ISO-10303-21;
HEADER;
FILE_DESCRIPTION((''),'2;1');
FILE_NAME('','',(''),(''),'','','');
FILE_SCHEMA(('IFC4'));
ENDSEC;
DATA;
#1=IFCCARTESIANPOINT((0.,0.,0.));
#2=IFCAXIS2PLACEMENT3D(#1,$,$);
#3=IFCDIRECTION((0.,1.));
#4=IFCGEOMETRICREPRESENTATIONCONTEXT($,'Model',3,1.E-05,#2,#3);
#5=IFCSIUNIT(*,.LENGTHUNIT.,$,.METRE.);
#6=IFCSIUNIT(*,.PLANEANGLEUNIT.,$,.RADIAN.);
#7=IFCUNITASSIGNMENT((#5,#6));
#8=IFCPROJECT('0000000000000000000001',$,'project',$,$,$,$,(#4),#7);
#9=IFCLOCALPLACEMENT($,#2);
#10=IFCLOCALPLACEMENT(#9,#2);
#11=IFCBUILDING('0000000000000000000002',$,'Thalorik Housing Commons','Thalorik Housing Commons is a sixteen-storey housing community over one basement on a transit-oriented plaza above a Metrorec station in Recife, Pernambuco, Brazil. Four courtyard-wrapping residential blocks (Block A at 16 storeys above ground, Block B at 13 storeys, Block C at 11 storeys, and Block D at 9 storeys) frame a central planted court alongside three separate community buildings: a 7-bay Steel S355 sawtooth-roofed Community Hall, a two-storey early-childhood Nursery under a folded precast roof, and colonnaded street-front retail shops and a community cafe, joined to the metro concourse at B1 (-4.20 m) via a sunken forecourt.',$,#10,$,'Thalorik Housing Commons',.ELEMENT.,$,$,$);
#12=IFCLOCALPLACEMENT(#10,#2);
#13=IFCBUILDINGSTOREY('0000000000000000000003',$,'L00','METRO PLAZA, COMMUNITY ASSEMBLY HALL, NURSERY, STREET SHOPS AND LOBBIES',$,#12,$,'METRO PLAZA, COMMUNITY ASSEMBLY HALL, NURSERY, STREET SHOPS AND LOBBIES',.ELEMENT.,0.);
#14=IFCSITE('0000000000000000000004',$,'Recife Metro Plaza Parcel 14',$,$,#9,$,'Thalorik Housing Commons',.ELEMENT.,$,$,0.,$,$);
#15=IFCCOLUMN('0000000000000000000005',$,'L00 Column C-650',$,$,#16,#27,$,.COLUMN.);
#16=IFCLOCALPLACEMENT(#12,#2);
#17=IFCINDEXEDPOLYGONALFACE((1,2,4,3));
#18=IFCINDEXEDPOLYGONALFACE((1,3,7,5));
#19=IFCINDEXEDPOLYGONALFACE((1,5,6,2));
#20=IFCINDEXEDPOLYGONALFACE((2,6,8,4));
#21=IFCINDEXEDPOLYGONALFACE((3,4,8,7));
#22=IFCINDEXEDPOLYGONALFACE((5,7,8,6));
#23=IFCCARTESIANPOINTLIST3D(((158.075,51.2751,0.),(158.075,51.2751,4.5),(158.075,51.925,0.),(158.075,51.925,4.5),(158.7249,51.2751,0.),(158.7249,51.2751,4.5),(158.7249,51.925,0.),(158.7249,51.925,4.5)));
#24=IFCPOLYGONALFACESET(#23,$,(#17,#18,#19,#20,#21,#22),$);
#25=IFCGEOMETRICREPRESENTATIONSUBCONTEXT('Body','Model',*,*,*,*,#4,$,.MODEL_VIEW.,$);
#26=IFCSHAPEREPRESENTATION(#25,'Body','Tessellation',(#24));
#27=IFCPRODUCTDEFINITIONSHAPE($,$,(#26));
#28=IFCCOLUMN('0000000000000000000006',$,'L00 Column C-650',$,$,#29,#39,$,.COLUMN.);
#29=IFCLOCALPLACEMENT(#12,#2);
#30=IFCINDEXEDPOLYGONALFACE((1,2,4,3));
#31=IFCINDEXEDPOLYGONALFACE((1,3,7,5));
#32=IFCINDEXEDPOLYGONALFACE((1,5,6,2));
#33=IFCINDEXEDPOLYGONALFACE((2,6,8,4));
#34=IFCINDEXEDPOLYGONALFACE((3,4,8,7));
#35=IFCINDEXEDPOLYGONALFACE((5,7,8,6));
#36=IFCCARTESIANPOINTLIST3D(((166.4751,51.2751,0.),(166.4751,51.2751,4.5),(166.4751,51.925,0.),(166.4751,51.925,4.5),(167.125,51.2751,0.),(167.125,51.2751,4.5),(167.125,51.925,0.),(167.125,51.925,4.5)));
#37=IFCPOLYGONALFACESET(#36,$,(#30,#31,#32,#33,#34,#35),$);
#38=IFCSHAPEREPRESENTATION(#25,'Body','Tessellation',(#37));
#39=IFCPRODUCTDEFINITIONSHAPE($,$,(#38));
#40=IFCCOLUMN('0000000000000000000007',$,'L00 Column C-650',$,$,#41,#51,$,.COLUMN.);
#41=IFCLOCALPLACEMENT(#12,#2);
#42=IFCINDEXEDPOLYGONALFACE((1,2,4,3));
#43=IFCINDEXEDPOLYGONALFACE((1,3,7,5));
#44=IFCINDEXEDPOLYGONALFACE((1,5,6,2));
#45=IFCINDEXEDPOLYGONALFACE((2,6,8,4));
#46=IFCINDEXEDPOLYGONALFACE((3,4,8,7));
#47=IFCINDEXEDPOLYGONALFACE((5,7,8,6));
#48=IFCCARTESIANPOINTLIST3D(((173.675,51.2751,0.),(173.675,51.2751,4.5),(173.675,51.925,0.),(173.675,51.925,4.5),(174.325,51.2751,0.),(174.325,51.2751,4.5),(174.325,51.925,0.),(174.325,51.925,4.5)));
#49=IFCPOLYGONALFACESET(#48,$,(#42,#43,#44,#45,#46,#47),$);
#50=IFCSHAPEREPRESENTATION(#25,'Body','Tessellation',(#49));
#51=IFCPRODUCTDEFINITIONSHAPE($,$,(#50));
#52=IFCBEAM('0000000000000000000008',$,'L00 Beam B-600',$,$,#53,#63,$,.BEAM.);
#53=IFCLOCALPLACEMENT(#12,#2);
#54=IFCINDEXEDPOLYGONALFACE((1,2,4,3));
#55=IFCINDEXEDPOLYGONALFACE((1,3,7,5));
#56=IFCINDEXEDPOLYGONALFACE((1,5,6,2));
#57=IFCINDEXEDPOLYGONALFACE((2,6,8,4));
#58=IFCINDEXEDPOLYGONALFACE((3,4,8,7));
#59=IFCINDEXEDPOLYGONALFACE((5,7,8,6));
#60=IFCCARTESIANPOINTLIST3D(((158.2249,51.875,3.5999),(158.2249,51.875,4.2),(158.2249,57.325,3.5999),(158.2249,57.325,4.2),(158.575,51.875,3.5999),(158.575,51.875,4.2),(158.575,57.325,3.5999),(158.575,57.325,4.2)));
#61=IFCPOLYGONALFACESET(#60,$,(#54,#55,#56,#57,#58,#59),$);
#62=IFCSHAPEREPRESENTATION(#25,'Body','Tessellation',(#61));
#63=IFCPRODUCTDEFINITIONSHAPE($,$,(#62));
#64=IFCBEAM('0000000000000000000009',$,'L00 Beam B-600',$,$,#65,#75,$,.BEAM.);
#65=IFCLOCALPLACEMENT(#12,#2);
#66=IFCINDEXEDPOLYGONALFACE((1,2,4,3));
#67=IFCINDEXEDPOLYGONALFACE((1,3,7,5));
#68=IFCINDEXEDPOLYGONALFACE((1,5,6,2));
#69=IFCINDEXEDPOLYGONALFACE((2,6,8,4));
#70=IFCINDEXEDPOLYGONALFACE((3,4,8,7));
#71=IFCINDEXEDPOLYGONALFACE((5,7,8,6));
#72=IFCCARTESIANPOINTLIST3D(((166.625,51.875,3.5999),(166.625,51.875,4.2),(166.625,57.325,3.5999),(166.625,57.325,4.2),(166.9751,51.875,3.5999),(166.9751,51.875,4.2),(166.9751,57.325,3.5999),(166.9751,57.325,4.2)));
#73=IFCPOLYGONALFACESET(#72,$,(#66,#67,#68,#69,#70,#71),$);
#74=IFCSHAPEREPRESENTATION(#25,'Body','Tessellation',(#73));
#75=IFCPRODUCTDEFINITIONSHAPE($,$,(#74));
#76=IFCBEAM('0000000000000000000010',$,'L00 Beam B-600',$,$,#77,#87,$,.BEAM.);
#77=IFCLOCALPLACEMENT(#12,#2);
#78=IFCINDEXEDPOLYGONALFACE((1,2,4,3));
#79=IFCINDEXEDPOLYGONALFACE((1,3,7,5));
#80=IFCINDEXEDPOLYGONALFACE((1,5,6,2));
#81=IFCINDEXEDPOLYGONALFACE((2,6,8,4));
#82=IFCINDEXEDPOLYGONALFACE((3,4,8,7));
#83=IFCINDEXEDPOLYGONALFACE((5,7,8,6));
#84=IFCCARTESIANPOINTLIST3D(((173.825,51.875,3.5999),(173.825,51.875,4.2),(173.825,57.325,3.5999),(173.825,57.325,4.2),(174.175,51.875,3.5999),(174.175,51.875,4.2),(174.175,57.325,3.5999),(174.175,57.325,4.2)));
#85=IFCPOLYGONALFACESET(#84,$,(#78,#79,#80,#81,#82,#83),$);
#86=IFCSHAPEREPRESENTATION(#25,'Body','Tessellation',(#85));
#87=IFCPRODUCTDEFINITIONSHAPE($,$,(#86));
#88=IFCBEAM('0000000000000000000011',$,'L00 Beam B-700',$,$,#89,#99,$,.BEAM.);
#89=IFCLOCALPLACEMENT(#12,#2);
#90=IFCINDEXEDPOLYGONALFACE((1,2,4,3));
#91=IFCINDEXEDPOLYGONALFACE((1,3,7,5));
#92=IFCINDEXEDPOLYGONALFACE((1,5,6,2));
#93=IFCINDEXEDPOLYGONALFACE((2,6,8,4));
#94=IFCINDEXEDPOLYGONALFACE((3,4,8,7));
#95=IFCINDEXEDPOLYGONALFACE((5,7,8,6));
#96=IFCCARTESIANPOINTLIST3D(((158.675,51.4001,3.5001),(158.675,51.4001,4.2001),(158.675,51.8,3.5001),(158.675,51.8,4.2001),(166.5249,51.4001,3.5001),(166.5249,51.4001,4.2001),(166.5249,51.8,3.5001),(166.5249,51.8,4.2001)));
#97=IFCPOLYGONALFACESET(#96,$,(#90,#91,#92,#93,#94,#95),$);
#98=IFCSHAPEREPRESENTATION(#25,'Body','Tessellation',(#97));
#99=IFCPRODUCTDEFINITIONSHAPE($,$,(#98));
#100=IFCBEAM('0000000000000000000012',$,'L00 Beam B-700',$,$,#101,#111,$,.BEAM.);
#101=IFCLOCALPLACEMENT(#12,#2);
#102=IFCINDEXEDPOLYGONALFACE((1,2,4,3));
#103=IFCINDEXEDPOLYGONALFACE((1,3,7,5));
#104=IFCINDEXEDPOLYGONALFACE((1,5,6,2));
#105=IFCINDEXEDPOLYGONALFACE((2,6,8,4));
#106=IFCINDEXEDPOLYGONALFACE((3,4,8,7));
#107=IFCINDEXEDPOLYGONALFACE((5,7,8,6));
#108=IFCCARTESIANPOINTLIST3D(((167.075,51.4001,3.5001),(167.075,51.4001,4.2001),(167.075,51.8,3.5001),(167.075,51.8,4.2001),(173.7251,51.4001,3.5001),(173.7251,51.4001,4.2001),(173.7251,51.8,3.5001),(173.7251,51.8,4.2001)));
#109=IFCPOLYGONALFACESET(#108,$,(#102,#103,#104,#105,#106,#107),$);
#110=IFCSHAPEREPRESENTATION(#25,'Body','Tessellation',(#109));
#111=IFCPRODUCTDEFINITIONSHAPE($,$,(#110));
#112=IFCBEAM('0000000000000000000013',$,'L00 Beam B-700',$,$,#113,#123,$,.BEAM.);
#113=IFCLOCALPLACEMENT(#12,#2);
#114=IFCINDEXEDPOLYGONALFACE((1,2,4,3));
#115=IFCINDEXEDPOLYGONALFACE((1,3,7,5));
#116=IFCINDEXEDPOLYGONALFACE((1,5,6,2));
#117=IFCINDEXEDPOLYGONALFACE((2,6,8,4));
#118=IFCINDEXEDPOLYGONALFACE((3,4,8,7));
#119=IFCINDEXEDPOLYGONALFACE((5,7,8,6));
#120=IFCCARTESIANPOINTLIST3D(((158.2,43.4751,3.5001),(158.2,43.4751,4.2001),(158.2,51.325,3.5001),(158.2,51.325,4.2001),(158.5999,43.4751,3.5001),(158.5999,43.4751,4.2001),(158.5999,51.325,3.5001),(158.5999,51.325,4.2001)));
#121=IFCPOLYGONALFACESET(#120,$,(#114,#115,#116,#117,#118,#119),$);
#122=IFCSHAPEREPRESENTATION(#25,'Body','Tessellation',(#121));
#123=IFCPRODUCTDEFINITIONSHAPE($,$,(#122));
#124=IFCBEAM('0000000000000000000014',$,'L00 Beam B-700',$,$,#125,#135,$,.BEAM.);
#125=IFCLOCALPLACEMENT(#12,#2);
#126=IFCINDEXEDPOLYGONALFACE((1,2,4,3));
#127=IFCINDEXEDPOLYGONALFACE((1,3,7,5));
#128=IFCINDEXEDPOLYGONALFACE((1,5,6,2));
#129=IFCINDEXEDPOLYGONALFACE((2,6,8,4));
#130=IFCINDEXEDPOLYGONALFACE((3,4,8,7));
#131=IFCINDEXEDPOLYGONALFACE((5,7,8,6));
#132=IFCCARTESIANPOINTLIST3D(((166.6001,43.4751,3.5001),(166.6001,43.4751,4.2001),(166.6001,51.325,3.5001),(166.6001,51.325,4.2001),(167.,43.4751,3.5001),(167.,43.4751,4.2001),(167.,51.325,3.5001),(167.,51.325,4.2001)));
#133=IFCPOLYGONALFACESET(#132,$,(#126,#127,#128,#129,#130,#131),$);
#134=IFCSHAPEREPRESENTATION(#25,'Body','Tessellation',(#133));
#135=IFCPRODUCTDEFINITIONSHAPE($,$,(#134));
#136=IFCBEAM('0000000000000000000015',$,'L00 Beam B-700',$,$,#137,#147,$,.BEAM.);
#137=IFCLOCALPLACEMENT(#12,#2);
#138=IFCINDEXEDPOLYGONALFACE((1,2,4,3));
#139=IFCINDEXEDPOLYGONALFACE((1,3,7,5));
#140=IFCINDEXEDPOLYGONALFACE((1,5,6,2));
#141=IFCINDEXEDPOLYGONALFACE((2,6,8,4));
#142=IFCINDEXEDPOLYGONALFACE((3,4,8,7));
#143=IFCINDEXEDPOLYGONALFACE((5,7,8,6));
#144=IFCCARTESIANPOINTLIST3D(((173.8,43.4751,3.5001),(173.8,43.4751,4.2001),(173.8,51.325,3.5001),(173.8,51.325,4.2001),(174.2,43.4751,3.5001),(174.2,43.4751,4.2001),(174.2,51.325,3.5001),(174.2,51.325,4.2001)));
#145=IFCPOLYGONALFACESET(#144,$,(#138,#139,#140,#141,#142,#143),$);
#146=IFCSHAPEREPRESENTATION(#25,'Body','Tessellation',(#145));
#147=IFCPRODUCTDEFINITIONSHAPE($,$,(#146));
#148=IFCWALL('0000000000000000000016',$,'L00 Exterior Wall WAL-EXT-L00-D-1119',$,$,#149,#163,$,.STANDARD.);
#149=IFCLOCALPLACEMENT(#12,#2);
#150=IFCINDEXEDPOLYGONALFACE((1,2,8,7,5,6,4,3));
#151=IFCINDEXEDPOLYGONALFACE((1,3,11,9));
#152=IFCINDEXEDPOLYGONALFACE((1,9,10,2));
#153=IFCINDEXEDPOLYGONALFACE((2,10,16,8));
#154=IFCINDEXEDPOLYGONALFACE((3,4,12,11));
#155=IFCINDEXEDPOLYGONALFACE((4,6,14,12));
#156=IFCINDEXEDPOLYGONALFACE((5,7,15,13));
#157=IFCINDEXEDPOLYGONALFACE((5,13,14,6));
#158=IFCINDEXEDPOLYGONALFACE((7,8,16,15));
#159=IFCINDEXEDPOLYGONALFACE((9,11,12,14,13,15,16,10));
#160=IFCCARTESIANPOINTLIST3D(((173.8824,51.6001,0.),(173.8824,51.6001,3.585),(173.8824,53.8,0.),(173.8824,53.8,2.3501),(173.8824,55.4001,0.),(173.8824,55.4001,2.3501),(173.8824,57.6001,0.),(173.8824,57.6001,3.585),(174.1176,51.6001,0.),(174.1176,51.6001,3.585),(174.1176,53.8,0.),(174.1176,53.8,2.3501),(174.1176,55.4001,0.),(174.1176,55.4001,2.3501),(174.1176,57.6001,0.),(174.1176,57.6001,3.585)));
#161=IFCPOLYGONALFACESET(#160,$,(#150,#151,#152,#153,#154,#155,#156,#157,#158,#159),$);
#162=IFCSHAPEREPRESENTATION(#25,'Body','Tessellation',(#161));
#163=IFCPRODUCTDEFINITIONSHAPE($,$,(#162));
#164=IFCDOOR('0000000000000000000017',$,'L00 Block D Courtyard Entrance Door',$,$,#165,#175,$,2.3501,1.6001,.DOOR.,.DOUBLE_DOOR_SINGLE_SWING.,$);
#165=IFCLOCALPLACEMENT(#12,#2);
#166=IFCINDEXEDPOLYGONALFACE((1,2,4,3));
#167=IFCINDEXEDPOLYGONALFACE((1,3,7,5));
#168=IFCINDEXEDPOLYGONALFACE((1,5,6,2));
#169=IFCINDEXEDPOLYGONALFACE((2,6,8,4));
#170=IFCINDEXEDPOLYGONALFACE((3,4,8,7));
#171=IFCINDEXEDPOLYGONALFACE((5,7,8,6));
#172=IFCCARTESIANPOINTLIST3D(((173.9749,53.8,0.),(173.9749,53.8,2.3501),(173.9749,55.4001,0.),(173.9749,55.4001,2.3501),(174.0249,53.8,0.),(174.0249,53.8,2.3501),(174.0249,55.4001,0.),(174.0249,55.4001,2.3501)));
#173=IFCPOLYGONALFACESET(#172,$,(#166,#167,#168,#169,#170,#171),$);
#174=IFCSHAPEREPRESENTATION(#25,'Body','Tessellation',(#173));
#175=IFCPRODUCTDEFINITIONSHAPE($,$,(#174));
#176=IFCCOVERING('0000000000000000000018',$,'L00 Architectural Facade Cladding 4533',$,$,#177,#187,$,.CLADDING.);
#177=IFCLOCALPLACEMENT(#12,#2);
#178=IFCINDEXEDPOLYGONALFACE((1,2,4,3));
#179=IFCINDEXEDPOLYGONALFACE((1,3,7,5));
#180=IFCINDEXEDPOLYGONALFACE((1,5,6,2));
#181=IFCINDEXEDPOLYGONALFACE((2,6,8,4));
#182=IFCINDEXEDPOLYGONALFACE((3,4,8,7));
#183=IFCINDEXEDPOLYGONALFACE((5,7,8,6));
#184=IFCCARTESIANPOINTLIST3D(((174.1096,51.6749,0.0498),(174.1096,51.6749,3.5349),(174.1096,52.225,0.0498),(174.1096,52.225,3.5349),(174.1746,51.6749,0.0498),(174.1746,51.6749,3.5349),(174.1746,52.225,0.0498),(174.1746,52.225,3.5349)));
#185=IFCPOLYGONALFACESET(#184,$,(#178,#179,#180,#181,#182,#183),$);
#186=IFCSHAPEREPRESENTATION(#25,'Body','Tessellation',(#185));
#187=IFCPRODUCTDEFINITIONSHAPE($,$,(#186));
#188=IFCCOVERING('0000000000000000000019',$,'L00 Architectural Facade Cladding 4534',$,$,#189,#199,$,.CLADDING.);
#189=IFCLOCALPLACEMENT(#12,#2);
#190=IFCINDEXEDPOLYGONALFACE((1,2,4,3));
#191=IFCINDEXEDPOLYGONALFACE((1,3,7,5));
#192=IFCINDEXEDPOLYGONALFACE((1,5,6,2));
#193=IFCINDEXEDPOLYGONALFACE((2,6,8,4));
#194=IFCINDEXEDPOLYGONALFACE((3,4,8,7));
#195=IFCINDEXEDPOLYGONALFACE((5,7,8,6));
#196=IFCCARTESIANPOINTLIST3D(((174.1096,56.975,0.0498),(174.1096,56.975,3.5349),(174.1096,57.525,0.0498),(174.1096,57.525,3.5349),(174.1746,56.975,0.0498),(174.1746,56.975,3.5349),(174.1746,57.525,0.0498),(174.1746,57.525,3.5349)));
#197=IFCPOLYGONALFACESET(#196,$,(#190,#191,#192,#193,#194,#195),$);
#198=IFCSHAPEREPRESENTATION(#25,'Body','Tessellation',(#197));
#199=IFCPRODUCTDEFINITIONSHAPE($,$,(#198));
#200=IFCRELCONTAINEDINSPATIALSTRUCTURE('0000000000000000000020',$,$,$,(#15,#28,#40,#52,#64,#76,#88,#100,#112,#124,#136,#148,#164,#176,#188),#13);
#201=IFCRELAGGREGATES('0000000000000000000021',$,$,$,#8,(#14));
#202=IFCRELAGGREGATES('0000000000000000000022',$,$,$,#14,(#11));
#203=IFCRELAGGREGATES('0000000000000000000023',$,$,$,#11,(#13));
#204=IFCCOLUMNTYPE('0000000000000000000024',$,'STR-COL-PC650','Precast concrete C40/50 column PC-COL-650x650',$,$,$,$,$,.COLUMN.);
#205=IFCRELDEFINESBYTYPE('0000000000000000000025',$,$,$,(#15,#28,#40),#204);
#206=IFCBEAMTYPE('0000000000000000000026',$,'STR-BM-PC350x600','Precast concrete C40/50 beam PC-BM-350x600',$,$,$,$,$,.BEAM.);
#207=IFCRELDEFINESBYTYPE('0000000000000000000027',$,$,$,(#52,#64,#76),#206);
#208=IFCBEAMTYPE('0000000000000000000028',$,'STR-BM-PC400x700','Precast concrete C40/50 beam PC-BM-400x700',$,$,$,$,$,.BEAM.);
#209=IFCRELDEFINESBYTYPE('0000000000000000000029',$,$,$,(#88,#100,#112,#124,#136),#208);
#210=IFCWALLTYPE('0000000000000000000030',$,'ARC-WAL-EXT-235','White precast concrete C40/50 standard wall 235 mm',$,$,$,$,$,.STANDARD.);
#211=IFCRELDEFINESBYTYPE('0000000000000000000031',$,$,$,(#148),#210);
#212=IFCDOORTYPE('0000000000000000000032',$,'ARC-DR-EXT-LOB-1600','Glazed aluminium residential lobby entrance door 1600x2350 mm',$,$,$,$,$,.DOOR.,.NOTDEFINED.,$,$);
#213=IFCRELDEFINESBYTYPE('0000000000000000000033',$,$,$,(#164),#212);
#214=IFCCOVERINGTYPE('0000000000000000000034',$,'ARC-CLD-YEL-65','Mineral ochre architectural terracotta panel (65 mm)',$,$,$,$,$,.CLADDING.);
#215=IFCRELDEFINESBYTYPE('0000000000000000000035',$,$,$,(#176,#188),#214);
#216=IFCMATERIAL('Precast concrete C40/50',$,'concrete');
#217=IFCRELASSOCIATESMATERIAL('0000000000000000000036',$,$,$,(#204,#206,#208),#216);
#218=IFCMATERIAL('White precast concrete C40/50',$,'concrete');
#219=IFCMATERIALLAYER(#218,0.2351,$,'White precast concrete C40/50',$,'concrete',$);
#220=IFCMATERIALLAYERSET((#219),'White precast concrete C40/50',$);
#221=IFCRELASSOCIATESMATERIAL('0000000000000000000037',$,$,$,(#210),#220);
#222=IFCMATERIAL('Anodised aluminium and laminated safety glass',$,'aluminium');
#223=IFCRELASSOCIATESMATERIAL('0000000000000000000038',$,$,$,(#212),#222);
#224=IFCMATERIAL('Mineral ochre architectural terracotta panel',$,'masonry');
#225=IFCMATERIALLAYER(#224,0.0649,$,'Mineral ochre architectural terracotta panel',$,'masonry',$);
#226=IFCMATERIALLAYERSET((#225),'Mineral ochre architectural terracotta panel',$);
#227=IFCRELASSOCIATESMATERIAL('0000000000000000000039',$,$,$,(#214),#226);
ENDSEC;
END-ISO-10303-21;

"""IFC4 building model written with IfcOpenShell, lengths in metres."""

from ifc_helpers import new_model, si_unit, direction, frame, frame_2d, origin, origin_2d, place, context, subcontext, project, spatial, rectangle, extrude, material, layer, layer_set, material_profile, profile_set, type_object, element, fill, save


model = new_model("IFC4")

# Units and contexts
model_context = context("Model", 3, precision=1e-05, world=origin(), true_north=direction((0.0, 1.0)))
body_context = subcontext(model_context, "Body", "Model", "MODEL_VIEW")
ifc_project = project(units=[si_unit("LENGTHUNIT", "METRE"), si_unit("PLANEANGLEUNIT", "RADIAN")], contexts=[model_context])

# Site, building, storey
site_placement = place(None, origin())
site = spatial("IfcSite", under=ifc_project, at=site_placement, Name="Recife Metro Plaza Parcel 14", LongName="Thalorik Housing Commons", CompositionType="ELEMENT", RefElevation=0.0)
building_placement = place(site_placement, origin())
building = spatial("IfcBuilding", under=site, at=building_placement, Name="Thalorik Housing Commons", Description="Thalorik Housing Commons is a sixteen-storey housing community over one basement on a transit-oriented plaza above a Metrorec station in Recife, Pernambuco, Brazil. Four courtyard-wrapping residential blocks (Block A at 16 storeys above ground, Block B at 13 storeys, Block C at 11 storeys, and Block D at 9 storeys) frame a central planted court alongside three separate community buildings: a 7-bay Steel S355 sawtooth-roofed Community Hall, a two-storey early-childhood Nursery under a folded precast roof, and colonnaded street-front retail shops and a community cafe, joined to the metro concourse at B1 (-4.20 m) via a sunken forecourt.", LongName="Thalorik Housing Commons", CompositionType="ELEMENT")
storey_placement = place(building_placement, origin())
storey = spatial("IfcBuildingStorey", under=building, at=storey_placement, Name="L00", Description="METRO PLAZA, COMMUNITY ASSEMBLY HALL, NURSERY, STREET SHOPS AND LOBBIES", LongName="METRO PLAZA, COMMUNITY ASSEMBLY HALL, NURSERY, STREET SHOPS AND LOBBIES", CompositionType="ELEMENT", Elevation=0.0)

# Columns
ifc_material_1 = material(Name="Precast concrete C40/50", Category="concrete")
ifc_material_profile_1 = material_profile(ifc_material_1, rectangle(XDim=0.6499, YDim=0.6499, at=origin_2d()), Name="PC 650x650", Category="concrete")
ifc_profile_set_1 = profile_set([ifc_material_profile_1], Name="Precast concrete C40/50")
column_type = type_object("IfcColumnType", Name="STR-COL-PC650", Description="Precast concrete C40/50 column PC-COL-650x650", PredefinedType="COLUMN", material=ifc_profile_set_1)
for number, where, z_axis, x_axis, name in (
    (1, (158.3999, 51.6001, 0.0), (0.0, 0.0, 1.0), (1.0, 0.0, 0.0), "L00 Column C-650"),
    (2, (166.8, 51.6001, 0.0), (0.0, 0.0, 1.0), (1.0, 0.0, 0.0), "L00 Column C-650"),
    (3, (174.0, 51.6001, 0.0), (0.0, 0.0, 1.0), (1.0, 0.0, 0.0), "L00 Column C-650"),
):
    element("IfcColumn", number, at=place(storey_placement, frame(where, z_axis=z_axis, x_axis=x_axis)), inside=storey, type_object=column_type, Name=name, PredefinedType="COLUMN", context=body_context, shape_type="SweptSolid", body=[
        extrude(rectangle(XDim=0.6499, YDim=0.6499, at=origin_2d()), origin(), (0.0, 0.0, 1.0), 4.5),
    ])

# Beams
ifc_material_profile_2 = material_profile(ifc_material_1, rectangle(XDim=0.3501, YDim=0.6001, at=origin_2d()), Name="PC 350x600", Category="concrete")
ifc_profile_set_2 = profile_set([ifc_material_profile_2], Name="Precast concrete C40/50")
beam_type_1 = type_object("IfcBeamType", Name="STR-BM-PC350x600", Description="Precast concrete C40/50 beam PC-BM-350x600", PredefinedType="BEAM", material=ifc_profile_set_2)
for number, where, z_axis, x_axis, name in (
    (4, (158.3999, 51.875, 3.8999), (0.0, 1.0, 0.0), (-1.0, 0.0, 0.0), "L00 Beam B-600"),
    (5, (166.8, 51.875, 3.8999), (0.0, 1.0, 0.0), (-1.0, 0.0, 0.0), "L00 Beam B-600"),
    (6, (174.0, 51.875, 3.8999), (0.0, 1.0, 0.0), (-1.0, 0.0, 0.0), "L00 Beam B-600"),
):
    element("IfcBeam", number, at=place(storey_placement, frame(where, z_axis=z_axis, x_axis=x_axis)), inside=storey, type_object=beam_type_1, Name=name, PredefinedType="BEAM", context=body_context, shape_type="SweptSolid", body=[
        extrude(rectangle(XDim=0.3501, YDim=0.6001, at=origin_2d()), origin(), (0.0, 0.0, 1.0), 5.45),
    ])
ifc_material_profile_3 = material_profile(ifc_material_1, rectangle(XDim=0.3999, YDim=0.7, at=origin_2d()), Name="PC 400x700", Category="concrete")
ifc_profile_set_3 = profile_set([ifc_material_profile_3], Name="Precast concrete C40/50")
beam_type_2 = type_object("IfcBeamType", Name="STR-BM-PC400x700", Description="Precast concrete C40/50 beam PC-BM-400x700", PredefinedType="BEAM", material=ifc_profile_set_3)
beam_1_placement = place(storey_placement, frame((158.675, 51.6001, 3.8501), z_axis=(1.0, 0.0, 0.0), x_axis=(0.0, 1.0, 0.0)))
element("IfcBeam", 7, at=beam_1_placement, inside=storey, type_object=beam_type_2, Name="L00 Beam B-700", PredefinedType="BEAM", context=body_context, shape_type="SweptSolid", body=[
    extrude(rectangle(XDim=0.3999, YDim=0.7, at=origin_2d()), origin(), (0.0, 0.0, 1.0), 7.8499),
])
beam_2_placement = place(storey_placement, frame((167.075, 51.6001, 3.8501), z_axis=(1.0, 0.0, 0.0), x_axis=(0.0, 1.0, 0.0)))
element("IfcBeam", 8, at=beam_2_placement, inside=storey, type_object=beam_type_2, Name="L00 Beam B-700", PredefinedType="BEAM", context=body_context, shape_type="SweptSolid", body=[
    extrude(rectangle(XDim=0.3999, YDim=0.7, at=origin_2d()), origin(), (0.0, 0.0, 1.0), 6.6501),
])
for number, where, z_axis, x_axis, name in (
    (9, (158.3999, 43.4751, 3.8501), (0.0, 1.0, 0.0), (-1.0, 0.0, 0.0), "L00 Beam B-700"),
    (10, (166.8, 43.4751, 3.8501), (0.0, 1.0, 0.0), (-1.0, 0.0, 0.0), "L00 Beam B-700"),
    (11, (174.0, 43.4751, 3.8501), (0.0, 1.0, 0.0), (-1.0, 0.0, 0.0), "L00 Beam B-700"),
):
    element("IfcBeam", number, at=place(storey_placement, frame(where, z_axis=z_axis, x_axis=x_axis)), inside=storey, type_object=beam_type_2, Name=name, PredefinedType="BEAM", context=body_context, shape_type="SweptSolid", body=[
        extrude(rectangle(XDim=0.3999, YDim=0.7, at=origin_2d()), origin(), (0.0, 0.0, 1.0), 7.8499),
    ])

# Wall, opening, door
ifc_material_2 = material(Name="White precast concrete C40/50", Category="concrete")
ifc_layer_1 = layer(ifc_material_2, 0.2351, Name="White precast concrete C40/50", Category="concrete")
ifc_layer_set_1 = layer_set([ifc_layer_1], Name="White precast concrete C40/50")
wall_type = type_object("IfcWallType", Name="ARC-WAL-EXT-235", Description="White precast concrete C40/50 standard wall 235 mm", PredefinedType="STANDARD", material=ifc_layer_set_1)
wall_placement = place(storey_placement, frame((174.0, 51.6001, 0.0), z_axis=(0.0, 0.0, 1.0), x_axis=(0.0, 1.0, 0.0)))
wall = element("IfcWall", 12, at=wall_placement, inside=storey, type_object=wall_type, Name="L00 Exterior Wall WAL-EXT-L00-D-1119", PredefinedType="STANDARD", context=body_context, shape_type="SweptSolid", body=[
    extrude(rectangle(XDim=6.0, YDim=0.2351, at=frame_2d((3.0, 0.0))), origin(), (0.0, 0.0, 1.0), 3.585),
])
opening_placement = place(wall_placement, frame((2.2, 0.0, 0.0)))
opening = element("IfcOpeningElement", 13, at=opening_placement, cuts=wall, PredefinedType="OPENING", context=body_context, shape_type="SweptSolid", body=[
    extrude(rectangle(XDim=1.6001, YDim=2.3501, at=frame_2d((0.8, 1.175))), frame((0.0, 0.1274, 0.0), z_axis=(0.0, -1.0, 0.0), x_axis=(1.0, 0.0, 0.0)), (0.0, 0.0, 1.0), 0.2551),
])
ifc_material_3 = material(Name="Anodised aluminium and laminated safety glass", Category="aluminium")
door_type = type_object("IfcDoorType", Name="ARC-DR-EXT-LOB-1600", Description="Glazed aluminium residential lobby entrance door 1600x2350 mm", OperationType="NOTDEFINED", PredefinedType="DOOR", material=ifc_material_3)
door_placement = place(opening_placement, frame((1.6001, 0.0, 0.0), z_axis=(0.0, 0.0, 1.0), x_axis=(-1.0, 0.0, 0.0)))
door = element("IfcDoor", 14, at=door_placement, inside=storey, type_object=door_type, Name="L00 Block D Courtyard Entrance Door", OperationType="DOUBLE_DOOR_SINGLE_SWING", OverallHeight=2.3501, OverallWidth=1.6001, PredefinedType="DOOR", context=body_context, shape_type="SweptSolid", body=[
    extrude(rectangle(XDim=1.6001, YDim=2.3501, at=frame_2d((0.8, 1.175))), frame((0.0, 0.0249, 0.0), z_axis=(0.0, -1.0, 0.0), x_axis=(1.0, 0.0, 0.0)), (0.0, 0.0, 1.0), 0.05),
])
fill(opening, door)

# Coverings
ifc_material_4 = material(Name="Mineral ochre architectural terracotta panel", Category="masonry")
ifc_layer_2 = layer(ifc_material_4, 0.0649, Name="Mineral ochre architectural terracotta panel", Category="masonry")
ifc_layer_set_2 = layer_set([ifc_layer_2], Name="Mineral ochre architectural terracotta panel")
covering_type = type_object("IfcCoveringType", Name="ARC-CLD-YEL-65", Description="Mineral ochre architectural terracotta panel (65 mm)", PredefinedType="CLADDING", material=ifc_layer_set_2)
for number, where, z_axis, x_axis, name in (
    (15, (174.1421, 51.95, 0.0498), (0.0, 0.0, 1.0), (0.0, 1.0, 0.0), "L00 Architectural Facade Cladding 4533"),
    (16, (174.1421, 57.25, 0.0498), (0.0, 0.0, 1.0), (0.0, 1.0, 0.0), "L00 Architectural Facade Cladding 4534"),
):
    element("IfcCovering", number, at=place(storey_placement, frame(where, z_axis=z_axis, x_axis=x_axis)), inside=storey, type_object=covering_type, Name=name, PredefinedType="CLADDING", context=body_context, shape_type="SweptSolid", body=[
        extrude(rectangle(XDim=0.55, YDim=0.0649, at=origin_2d()), origin(), (0.0, 0.0, 1.0), 3.4851),
    ])

save(model, "model.ifc")
